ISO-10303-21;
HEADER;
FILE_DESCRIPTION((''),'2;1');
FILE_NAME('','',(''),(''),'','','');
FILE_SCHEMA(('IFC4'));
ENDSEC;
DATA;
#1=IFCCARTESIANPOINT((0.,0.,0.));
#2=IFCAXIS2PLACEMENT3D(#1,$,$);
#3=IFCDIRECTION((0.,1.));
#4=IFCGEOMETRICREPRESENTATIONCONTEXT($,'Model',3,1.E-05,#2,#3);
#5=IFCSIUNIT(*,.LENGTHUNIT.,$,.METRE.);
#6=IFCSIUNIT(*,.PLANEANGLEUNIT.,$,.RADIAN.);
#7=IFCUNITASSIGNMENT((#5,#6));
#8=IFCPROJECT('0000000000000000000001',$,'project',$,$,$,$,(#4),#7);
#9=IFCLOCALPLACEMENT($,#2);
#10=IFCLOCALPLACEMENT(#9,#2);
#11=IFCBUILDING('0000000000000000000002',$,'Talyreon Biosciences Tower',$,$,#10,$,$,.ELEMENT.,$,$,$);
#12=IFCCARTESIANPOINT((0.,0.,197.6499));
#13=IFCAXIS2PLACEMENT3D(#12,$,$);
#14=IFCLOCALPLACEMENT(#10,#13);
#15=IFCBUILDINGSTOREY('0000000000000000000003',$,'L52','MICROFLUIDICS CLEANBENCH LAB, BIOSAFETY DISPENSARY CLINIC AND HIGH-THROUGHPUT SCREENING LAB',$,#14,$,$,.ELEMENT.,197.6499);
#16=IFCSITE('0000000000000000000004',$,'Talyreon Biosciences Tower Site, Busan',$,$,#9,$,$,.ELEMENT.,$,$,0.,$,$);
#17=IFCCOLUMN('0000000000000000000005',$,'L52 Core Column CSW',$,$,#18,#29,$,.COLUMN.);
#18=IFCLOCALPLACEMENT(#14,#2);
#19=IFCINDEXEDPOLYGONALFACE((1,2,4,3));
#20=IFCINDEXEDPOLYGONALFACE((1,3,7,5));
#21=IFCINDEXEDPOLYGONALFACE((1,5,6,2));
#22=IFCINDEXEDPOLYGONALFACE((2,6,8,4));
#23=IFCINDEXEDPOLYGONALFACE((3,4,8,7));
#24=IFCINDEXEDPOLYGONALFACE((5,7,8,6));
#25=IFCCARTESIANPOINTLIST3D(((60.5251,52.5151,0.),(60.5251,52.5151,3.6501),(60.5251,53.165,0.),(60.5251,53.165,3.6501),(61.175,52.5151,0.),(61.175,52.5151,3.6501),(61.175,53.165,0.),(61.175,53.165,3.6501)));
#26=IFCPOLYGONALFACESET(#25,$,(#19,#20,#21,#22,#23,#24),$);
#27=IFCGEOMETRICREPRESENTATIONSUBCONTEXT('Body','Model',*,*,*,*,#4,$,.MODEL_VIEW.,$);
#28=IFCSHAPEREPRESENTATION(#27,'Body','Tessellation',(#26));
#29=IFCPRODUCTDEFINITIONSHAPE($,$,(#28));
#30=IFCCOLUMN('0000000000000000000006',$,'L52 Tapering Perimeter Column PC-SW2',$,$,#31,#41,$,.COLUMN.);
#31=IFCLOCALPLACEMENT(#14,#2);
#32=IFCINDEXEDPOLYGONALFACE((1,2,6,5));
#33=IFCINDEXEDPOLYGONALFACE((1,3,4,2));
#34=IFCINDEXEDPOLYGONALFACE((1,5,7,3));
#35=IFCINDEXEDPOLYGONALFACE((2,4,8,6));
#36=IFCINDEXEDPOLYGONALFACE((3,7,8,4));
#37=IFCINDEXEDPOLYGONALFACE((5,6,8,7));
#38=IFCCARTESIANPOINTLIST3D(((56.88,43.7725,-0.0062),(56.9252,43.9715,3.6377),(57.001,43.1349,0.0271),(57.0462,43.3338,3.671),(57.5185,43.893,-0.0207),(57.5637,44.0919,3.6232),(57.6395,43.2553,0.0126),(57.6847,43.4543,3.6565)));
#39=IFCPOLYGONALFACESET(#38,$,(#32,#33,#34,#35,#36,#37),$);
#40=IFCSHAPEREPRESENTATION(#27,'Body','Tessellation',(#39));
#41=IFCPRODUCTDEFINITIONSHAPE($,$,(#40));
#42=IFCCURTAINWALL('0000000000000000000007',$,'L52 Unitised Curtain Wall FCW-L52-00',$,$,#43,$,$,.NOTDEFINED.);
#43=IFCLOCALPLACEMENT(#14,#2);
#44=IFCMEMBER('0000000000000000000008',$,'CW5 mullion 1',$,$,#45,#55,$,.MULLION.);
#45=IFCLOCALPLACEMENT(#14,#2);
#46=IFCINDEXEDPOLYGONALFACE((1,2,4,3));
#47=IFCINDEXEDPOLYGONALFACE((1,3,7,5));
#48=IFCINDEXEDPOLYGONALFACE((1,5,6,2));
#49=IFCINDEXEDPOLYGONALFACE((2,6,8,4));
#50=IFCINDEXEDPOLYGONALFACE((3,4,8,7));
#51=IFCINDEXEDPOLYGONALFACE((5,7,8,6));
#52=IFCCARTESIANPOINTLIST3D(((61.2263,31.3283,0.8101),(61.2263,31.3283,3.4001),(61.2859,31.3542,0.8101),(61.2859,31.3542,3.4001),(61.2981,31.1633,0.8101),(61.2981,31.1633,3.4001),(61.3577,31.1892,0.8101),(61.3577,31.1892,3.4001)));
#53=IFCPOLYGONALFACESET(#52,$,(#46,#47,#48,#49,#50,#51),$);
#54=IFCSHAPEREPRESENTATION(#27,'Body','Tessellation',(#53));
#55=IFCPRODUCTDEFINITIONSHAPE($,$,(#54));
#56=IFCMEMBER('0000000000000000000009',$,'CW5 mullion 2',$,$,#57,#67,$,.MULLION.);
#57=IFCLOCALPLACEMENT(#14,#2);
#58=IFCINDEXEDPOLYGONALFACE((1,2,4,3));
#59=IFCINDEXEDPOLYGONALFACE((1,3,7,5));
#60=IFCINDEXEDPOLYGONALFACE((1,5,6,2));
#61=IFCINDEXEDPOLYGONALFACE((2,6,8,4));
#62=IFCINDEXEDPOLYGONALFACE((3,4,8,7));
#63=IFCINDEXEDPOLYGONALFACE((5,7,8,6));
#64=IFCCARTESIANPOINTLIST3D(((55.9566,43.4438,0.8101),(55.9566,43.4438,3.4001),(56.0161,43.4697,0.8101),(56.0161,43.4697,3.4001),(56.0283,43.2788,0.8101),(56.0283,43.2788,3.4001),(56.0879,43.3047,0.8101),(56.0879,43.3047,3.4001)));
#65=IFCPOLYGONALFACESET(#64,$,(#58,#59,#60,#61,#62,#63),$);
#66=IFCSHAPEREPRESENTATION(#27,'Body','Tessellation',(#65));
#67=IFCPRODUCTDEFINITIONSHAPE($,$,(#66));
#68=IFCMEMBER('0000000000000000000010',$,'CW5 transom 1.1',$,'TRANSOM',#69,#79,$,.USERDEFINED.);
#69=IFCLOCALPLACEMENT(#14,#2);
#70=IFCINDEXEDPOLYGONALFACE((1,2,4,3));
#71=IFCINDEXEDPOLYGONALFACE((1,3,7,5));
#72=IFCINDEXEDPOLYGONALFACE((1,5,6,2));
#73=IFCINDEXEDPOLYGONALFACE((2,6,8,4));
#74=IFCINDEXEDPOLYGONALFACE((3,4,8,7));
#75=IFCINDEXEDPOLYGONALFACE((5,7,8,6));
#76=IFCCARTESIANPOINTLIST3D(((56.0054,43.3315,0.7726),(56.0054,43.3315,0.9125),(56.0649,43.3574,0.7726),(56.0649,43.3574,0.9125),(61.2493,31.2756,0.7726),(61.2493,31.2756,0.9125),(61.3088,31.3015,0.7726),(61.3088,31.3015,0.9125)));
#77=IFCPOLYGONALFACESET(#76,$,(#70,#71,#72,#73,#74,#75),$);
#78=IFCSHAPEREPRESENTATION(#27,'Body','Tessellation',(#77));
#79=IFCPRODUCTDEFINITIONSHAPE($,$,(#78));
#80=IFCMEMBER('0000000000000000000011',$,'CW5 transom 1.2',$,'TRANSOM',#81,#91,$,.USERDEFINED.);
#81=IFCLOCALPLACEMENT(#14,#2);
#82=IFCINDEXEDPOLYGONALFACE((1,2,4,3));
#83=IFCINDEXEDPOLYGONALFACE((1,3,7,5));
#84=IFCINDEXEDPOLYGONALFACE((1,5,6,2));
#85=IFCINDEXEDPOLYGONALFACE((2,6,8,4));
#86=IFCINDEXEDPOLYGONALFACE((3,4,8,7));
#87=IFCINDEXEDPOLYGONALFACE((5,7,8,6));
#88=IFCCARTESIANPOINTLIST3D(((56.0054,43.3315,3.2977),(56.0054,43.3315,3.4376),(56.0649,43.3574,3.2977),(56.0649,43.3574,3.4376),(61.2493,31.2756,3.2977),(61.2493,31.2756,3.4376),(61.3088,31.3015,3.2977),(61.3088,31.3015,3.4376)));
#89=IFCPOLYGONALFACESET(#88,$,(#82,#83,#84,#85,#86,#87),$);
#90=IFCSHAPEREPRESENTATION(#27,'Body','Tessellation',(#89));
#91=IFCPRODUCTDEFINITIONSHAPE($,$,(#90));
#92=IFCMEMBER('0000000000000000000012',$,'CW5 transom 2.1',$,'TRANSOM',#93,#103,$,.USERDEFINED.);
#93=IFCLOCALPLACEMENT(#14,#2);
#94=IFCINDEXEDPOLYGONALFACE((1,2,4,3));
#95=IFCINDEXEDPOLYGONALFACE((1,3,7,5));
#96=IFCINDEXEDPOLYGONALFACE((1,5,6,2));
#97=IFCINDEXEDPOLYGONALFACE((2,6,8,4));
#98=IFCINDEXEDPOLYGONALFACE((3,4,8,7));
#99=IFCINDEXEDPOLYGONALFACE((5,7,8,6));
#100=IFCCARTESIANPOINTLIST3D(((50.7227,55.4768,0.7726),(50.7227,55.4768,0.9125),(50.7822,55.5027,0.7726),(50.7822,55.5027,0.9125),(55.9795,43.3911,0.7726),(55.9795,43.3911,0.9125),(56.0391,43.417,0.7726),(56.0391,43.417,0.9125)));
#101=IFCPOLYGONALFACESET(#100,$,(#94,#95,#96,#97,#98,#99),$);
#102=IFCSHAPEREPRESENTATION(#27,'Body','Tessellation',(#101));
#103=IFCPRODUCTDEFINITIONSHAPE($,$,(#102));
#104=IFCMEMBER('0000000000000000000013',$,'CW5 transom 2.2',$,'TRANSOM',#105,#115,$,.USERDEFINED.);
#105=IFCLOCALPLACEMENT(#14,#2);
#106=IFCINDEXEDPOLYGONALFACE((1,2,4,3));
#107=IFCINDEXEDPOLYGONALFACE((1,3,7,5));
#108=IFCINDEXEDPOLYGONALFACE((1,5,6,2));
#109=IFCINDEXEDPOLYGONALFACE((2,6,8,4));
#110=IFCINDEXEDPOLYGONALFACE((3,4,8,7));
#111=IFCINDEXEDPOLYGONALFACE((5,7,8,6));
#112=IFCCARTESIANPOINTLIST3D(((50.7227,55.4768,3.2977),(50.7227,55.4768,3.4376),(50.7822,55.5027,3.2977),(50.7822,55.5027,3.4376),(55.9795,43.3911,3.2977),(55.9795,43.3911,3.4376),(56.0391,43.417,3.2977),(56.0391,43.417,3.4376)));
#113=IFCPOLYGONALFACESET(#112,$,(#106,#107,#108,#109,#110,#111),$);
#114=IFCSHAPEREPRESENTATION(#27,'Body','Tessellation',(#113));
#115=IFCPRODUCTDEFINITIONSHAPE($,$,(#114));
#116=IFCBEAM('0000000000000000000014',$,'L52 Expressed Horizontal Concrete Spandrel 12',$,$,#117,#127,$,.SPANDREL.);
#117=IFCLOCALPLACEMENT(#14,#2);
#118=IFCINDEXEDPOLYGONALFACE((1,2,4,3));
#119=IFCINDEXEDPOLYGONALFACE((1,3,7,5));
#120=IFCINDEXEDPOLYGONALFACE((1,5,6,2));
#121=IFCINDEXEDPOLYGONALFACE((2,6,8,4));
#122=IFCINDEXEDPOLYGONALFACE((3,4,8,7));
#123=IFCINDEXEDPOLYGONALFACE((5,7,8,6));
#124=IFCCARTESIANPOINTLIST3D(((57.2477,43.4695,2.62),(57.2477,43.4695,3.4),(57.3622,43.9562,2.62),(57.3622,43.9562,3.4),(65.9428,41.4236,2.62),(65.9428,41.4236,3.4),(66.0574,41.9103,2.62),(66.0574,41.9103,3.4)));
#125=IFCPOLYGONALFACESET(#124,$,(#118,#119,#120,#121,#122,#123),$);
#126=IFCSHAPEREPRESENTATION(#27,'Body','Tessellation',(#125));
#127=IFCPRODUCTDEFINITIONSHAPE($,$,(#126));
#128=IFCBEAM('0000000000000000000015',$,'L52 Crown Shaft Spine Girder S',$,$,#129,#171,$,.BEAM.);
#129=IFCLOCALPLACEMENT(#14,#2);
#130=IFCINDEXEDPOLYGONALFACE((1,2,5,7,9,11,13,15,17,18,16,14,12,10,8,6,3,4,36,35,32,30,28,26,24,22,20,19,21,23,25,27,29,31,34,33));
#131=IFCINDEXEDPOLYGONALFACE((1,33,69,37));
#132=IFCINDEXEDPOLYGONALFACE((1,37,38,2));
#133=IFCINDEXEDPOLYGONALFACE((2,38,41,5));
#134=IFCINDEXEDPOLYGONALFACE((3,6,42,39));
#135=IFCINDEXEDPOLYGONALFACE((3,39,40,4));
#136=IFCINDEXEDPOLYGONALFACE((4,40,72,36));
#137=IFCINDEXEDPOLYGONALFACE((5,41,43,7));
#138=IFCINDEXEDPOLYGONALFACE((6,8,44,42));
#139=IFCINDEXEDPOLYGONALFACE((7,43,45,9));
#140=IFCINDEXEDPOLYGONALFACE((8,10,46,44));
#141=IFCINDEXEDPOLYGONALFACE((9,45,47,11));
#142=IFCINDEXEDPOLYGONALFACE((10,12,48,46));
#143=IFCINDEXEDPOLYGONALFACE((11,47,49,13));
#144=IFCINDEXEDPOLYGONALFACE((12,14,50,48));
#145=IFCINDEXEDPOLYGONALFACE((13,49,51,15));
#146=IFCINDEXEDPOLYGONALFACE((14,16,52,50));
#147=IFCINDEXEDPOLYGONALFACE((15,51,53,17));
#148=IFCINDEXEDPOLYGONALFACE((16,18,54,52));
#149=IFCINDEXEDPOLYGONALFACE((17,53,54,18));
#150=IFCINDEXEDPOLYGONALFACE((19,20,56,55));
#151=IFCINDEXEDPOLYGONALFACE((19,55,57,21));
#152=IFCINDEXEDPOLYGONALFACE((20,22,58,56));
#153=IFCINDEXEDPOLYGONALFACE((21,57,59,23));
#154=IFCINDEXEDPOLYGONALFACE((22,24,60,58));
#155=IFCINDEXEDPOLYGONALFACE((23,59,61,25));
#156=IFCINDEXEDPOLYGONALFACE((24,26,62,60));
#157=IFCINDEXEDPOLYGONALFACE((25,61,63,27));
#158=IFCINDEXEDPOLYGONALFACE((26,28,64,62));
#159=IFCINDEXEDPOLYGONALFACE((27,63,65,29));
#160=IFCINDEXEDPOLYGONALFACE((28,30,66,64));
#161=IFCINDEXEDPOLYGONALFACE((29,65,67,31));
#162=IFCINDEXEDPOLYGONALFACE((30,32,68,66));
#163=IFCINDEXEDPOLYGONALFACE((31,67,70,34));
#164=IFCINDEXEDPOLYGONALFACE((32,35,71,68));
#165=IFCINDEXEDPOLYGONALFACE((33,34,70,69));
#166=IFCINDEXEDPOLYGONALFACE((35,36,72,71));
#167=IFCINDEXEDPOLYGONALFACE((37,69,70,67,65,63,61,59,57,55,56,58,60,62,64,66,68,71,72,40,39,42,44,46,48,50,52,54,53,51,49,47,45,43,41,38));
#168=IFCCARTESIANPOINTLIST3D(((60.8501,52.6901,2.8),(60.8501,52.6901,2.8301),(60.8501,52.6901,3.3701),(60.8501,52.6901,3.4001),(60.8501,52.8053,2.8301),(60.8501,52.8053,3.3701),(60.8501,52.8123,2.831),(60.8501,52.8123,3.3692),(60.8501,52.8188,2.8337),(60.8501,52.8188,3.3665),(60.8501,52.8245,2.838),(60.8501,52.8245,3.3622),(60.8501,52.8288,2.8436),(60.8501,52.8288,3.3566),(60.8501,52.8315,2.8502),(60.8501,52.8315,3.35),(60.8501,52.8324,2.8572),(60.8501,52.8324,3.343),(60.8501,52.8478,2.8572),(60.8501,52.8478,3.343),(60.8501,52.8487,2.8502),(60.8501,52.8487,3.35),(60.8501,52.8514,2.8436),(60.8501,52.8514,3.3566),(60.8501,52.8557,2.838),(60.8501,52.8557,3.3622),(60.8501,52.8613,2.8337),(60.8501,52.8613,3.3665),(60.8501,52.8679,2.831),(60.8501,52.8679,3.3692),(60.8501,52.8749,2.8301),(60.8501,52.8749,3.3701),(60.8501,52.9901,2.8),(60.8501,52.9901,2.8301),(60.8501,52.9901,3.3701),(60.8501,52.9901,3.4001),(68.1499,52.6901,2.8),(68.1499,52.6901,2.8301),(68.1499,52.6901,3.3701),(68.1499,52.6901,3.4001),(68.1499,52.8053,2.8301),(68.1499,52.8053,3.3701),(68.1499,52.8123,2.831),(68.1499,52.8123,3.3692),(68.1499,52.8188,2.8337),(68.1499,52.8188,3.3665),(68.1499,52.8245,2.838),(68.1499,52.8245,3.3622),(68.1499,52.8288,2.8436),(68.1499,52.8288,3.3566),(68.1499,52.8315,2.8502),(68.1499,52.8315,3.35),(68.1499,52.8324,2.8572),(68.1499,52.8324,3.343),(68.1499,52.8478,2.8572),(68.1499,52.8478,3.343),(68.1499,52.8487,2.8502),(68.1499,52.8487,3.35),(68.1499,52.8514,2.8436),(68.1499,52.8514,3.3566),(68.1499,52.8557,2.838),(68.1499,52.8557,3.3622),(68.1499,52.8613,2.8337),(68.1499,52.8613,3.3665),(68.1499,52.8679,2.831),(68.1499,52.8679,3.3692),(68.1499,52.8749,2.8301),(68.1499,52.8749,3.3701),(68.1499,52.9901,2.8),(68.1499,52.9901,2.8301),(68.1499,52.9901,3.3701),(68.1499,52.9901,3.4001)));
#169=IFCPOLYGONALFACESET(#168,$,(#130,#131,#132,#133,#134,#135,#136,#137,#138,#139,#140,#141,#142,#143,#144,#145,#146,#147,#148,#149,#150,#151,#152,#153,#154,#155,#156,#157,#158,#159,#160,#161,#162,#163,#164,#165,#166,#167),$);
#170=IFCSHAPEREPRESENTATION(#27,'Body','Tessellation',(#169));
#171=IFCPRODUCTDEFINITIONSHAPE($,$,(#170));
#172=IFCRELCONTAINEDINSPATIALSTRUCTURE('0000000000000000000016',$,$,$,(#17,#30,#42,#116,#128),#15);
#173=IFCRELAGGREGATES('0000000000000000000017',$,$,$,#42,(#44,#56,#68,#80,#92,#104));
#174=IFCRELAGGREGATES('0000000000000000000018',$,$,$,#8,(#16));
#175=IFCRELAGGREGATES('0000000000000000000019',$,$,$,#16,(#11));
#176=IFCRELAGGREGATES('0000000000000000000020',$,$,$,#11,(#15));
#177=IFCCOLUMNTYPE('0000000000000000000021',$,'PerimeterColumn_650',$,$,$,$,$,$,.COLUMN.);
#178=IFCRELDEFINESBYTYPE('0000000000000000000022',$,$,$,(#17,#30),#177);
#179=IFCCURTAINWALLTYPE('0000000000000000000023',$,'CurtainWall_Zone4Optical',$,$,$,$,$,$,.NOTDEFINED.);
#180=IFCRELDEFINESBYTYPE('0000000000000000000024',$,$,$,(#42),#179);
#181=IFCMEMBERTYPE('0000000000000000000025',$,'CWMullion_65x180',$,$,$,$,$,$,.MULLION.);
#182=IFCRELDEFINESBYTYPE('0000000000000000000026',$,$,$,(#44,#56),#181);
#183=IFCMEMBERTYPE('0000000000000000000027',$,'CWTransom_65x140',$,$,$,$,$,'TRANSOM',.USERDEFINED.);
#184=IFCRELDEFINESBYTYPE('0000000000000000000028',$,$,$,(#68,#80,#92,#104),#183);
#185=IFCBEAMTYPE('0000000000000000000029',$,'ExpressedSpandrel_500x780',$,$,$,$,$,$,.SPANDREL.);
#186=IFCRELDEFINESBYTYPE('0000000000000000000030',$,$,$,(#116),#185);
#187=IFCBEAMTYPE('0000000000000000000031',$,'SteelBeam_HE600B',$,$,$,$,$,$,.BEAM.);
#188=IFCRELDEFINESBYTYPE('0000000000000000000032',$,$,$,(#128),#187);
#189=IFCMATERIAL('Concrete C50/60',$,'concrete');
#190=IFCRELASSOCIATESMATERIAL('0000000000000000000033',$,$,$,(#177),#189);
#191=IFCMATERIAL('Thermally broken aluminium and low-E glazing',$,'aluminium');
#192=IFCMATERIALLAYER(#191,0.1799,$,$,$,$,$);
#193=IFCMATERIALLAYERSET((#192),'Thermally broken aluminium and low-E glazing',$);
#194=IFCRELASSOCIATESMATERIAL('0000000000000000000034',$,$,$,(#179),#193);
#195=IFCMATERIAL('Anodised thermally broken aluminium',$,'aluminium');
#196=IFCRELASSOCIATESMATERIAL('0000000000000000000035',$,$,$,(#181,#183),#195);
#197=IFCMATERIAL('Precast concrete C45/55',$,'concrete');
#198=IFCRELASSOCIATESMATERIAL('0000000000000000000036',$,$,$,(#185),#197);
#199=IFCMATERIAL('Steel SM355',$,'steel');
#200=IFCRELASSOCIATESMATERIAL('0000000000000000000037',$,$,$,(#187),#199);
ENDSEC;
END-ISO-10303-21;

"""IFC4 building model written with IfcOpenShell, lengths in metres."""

from ifc_helpers import new_model, si_unit, direction, frame, origin, origin_2d, place, context, subcontext, project, spatial, rectangle, i_section, extrude, material, layer, layer_set, material_profile, profile_set, type_object, element, aggregate, save


model = new_model("IFC4")

# Units and contexts
model_context = context("Model", 3, precision=1e-05, world=origin(), true_north=direction((0.0, 1.0)))
body_context = subcontext(model_context, "Body", "Model", "MODEL_VIEW")
ifc_project = project(units=[si_unit("LENGTHUNIT", "METRE"), si_unit("PLANEANGLEUNIT", "RADIAN")], contexts=[model_context])

# Site, building, storey
site_placement = place(None, origin())
site = spatial("IfcSite", under=ifc_project, at=site_placement, Name="Talyreon Biosciences Tower Site, Busan", CompositionType="ELEMENT", RefElevation=0.0)
building_placement = place(site_placement, origin())
building = spatial("IfcBuilding", under=site, at=building_placement, Name="Talyreon Biosciences Tower", CompositionType="ELEMENT")
storey_placement = place(building_placement, frame((0.0, 0.0, 197.6499)))
storey = spatial("IfcBuildingStorey", under=building, at=storey_placement, Name="L52", Description="MICROFLUIDICS CLEANBENCH LAB, BIOSAFETY DISPENSARY CLINIC AND HIGH-THROUGHPUT SCREENING LAB", CompositionType="ELEMENT", Elevation=197.6499)

# Columns
ifc_material_1 = material(Name="Concrete C50/60", Category="concrete")
ifc_material_profile_1 = material_profile(ifc_material_1, rectangle(XDim=0.6499, YDim=0.6499, at=origin_2d()), Name="RC 650x650")
ifc_profile_set_1 = profile_set([ifc_material_profile_1], Name="Concrete C50/60")
column_type = type_object("IfcColumnType", Name="PerimeterColumn_650", PredefinedType="COLUMN", material=ifc_profile_set_1)
column_1_placement = place(storey_placement, frame((60.8501, 52.8401, 0.0), z_axis=(0.0, 0.0, 1.0), x_axis=(1.0, 0.0, 0.0)))
element("IfcColumn", 1, at=column_1_placement, inside=storey, type_object=column_type, Name="L52 Core Column CSW", PredefinedType="COLUMN", context=body_context, shape_type="SweptSolid", body=[
    extrude(rectangle(XDim=0.6499, YDim=0.6499, at=origin_2d()), origin(), (0.0, 0.0, 1.0), 3.6501),
])
column_2_placement = place(storey_placement, frame((57.2598, 43.5139, 0.0032), z_axis=(0.012375, 0.054517, 0.998436), x_axis=(-0.186206, 0.981172, -0.051267)))
element("IfcColumn", 2, at=column_2_placement, inside=storey, type_object=column_type, Name="L52 Tapering Perimeter Column PC-SW2", PredefinedType="COLUMN", context=body_context, shape_type="SweptSolid", body=[
    extrude(rectangle(XDim=0.6499, YDim=0.6499, at=origin_2d()), origin(), (0.0, 0.0, 1.0), 3.6497),
])

# Curtain wall, members
ifc_material_2 = material(Name="Thermally broken aluminium and low-E glazing", Category="aluminium")
ifc_layer_1 = layer(ifc_material_2, 0.1799)
ifc_layer_set_1 = layer_set([ifc_layer_1], Name="Thermally broken aluminium and low-E glazing")
curtain_wall_type = type_object("IfcCurtainWallType", Name="CurtainWall_Zone4Optical", PredefinedType="NOTDEFINED", material=ifc_layer_set_1)
curtain_wall_placement = place(storey_placement, origin())
curtain_wall = element("IfcCurtainWall", 3, at=curtain_wall_placement, inside=storey, type_object=curtain_wall_type, Name="L52 Unitised Curtain Wall FCW-L52-00", PredefinedType="NOTDEFINED")
ifc_material_3 = material(Name="Anodised thermally broken aluminium", Category="aluminium")
ifc_material_profile_2 = material_profile(ifc_material_3, rectangle(XDim=0.0649, YDim=0.1799, at=origin_2d()), Name="ALUM MULLION 65x180")
ifc_profile_set_2 = profile_set([ifc_material_profile_2], Name="Anodised thermally broken aluminium")
member_type_1 = type_object("IfcMemberType", Name="CWMullion_65x180", PredefinedType="MULLION", material=ifc_profile_set_2)
member_1_placement = place(storey_placement, frame((61.292, 31.2588, 0.8101), z_axis=(0.0, 0.0, 1.0), x_axis=(-0.917011, -0.398862, 0.0)))
member_1 = element("IfcMember", 4, at=member_1_placement, type_object=member_type_1, Name="CW5 mullion 1", PredefinedType="MULLION", context=body_context, shape_type="SweptSolid", body=[
    extrude(rectangle(XDim=0.0649, YDim=0.1799, at=origin_2d()), origin(), (0.0, 0.0, 1.0), 2.5901),
])
member_2_placement = place(storey_placement, frame((56.0222, 43.3743, 0.8101), z_axis=(0.0, 0.0, 1.0), x_axis=(-0.917011, -0.398862, 0.0)))
member_2 = element("IfcMember", 5, at=member_2_placement, type_object=member_type_1, Name="CW5 mullion 2", PredefinedType="MULLION", context=body_context, shape_type="SweptSolid", body=[
    extrude(rectangle(XDim=0.0649, YDim=0.1799, at=origin_2d()), origin(), (0.0, 0.0, 1.0), 2.5901),
])
ifc_material_profile_3 = material_profile(ifc_material_3, rectangle(XDim=0.0649, YDim=0.1399, at=origin_2d()), Name="ALUM TRANSOM 65x140")
ifc_profile_set_3 = profile_set([ifc_material_profile_3], Name="Anodised thermally broken aluminium")
member_type_2 = type_object("IfcMemberType", Name="CWTransom_65x140", ElementType="TRANSOM", PredefinedType="USERDEFINED", material=ifc_profile_set_3)
member_3_placement = place(storey_placement, frame((61.2791, 31.2886, 0.8425), z_axis=(-0.398867, 0.917009, 0.0), x_axis=(-0.917009, -0.398867, 0.0)))
member_3 = element("IfcMember", 6, at=member_3_placement, type_object=member_type_2, Name="CW5 transom 1.1", ObjectType="TRANSOM", PredefinedType="USERDEFINED", context=body_context, shape_type="SweptSolid", body=[
    extrude(rectangle(XDim=0.0649, YDim=0.1399, at=origin_2d()), origin(), (0.0, 0.0, 1.0), 13.147),
])
member_4_placement = place(storey_placement, frame((61.2791, 31.2886, 3.3677), z_axis=(-0.398867, 0.917009, 0.0), x_axis=(-0.917009, -0.398867, 0.0)))
member_4 = element("IfcMember", 7, at=member_4_placement, type_object=member_type_2, Name="CW5 transom 1.2", ObjectType="TRANSOM", PredefinedType="USERDEFINED", context=body_context, shape_type="SweptSolid", body=[
    extrude(rectangle(XDim=0.0649, YDim=0.1399, at=origin_2d()), origin(), (0.0, 0.0, 1.0), 13.147),
])
member_5_placement = place(storey_placement, frame((56.0093, 43.4041, 0.8425), z_axis=(-0.398866, 0.917009, 0.0), x_axis=(-0.917009, -0.398866, 0.0)))
member_5 = element("IfcMember", 8, at=member_5_placement, type_object=member_type_2, Name="CW5 transom 2.1", ObjectType="TRANSOM", PredefinedType="USERDEFINED", context=body_context, shape_type="SweptSolid", body=[
    extrude(rectangle(XDim=0.0649, YDim=0.1399, at=origin_2d()), origin(), (0.0, 0.0, 1.0), 13.1794),
])
member_6_placement = place(storey_placement, frame((56.0093, 43.4041, 3.3677), z_axis=(-0.398866, 0.917009, 0.0), x_axis=(-0.917009, -0.398866, 0.0)))
member_6 = element("IfcMember", 9, at=member_6_placement, type_object=member_type_2, Name="CW5 transom 2.2", ObjectType="TRANSOM", PredefinedType="USERDEFINED", context=body_context, shape_type="SweptSolid", body=[
    extrude(rectangle(XDim=0.0649, YDim=0.1399, at=origin_2d()), origin(), (0.0, 0.0, 1.0), 13.1794),
])

# Beams
ifc_material_4 = material(Name="Precast concrete C45/55", Category="concrete")
ifc_material_profile_4 = material_profile(ifc_material_4, rectangle(XDim=0.5, YDim=0.78, at=origin_2d()), Name="RCB 500x780")
ifc_profile_set_4 = profile_set([ifc_material_profile_4], Name="Precast concrete C45/55")
beam_type_1 = type_object("IfcBeamType", Name="ExpressedSpandrel_500x780", PredefinedType="SPANDREL", material=ifc_profile_set_4)
beam_1_placement = place(storey_placement, frame((57.3049, 43.7129, 3.01), z_axis=(0.973417, -0.229039, 0.0), x_axis=(0.229039, 0.973417, 0.0)))
element("IfcBeam", 10, at=beam_1_placement, inside=storey, type_object=beam_type_1, Name="L52 Expressed Horizontal Concrete Spandrel 12", PredefinedType="SPANDREL", context=body_context, shape_type="SweptSolid", body=[
    extrude(rectangle(XDim=0.5, YDim=0.78, at=origin_2d()), origin(), (0.0, 0.0, 1.0), 8.9326),
])
ifc_material_5 = material(Name="Steel SM355", Category="steel")
ifc_material_profile_5 = material_profile(ifc_material_5, i_section(OverallWidth=0.3, OverallDepth=0.6001, WebThickness=0.0154, FlangeThickness=0.03, FilletRadius=0.0271, at=origin_2d()), Name="HE600B")
ifc_profile_set_5 = profile_set([ifc_material_profile_5], Name="Steel SM355")
beam_type_2 = type_object("IfcBeamType", Name="SteelBeam_HE600B", PredefinedType="BEAM", material=ifc_profile_set_5)
beam_2_placement = place(storey_placement, frame((60.8501, 52.8401, 3.1001), z_axis=(1.0, 0.0, 0.0), x_axis=(0.0, 1.0, 0.0)))
element("IfcBeam", 11, at=beam_2_placement, inside=storey, type_object=beam_type_2, Name="L52 Crown Shaft Spine Girder S", PredefinedType="BEAM", context=body_context, shape_type="SweptSolid", body=[
    extrude(i_section(OverallWidth=0.3, OverallDepth=0.6001, WebThickness=0.0154, FlangeThickness=0.03, FilletRadius=0.0271, at=origin_2d()), origin(), (0.0, 0.0, 1.0), 7.2998),
])

aggregate(curtain_wall, [member_1, member_2, member_3, member_4, member_5, member_6])

save(model, "model.ifc")
